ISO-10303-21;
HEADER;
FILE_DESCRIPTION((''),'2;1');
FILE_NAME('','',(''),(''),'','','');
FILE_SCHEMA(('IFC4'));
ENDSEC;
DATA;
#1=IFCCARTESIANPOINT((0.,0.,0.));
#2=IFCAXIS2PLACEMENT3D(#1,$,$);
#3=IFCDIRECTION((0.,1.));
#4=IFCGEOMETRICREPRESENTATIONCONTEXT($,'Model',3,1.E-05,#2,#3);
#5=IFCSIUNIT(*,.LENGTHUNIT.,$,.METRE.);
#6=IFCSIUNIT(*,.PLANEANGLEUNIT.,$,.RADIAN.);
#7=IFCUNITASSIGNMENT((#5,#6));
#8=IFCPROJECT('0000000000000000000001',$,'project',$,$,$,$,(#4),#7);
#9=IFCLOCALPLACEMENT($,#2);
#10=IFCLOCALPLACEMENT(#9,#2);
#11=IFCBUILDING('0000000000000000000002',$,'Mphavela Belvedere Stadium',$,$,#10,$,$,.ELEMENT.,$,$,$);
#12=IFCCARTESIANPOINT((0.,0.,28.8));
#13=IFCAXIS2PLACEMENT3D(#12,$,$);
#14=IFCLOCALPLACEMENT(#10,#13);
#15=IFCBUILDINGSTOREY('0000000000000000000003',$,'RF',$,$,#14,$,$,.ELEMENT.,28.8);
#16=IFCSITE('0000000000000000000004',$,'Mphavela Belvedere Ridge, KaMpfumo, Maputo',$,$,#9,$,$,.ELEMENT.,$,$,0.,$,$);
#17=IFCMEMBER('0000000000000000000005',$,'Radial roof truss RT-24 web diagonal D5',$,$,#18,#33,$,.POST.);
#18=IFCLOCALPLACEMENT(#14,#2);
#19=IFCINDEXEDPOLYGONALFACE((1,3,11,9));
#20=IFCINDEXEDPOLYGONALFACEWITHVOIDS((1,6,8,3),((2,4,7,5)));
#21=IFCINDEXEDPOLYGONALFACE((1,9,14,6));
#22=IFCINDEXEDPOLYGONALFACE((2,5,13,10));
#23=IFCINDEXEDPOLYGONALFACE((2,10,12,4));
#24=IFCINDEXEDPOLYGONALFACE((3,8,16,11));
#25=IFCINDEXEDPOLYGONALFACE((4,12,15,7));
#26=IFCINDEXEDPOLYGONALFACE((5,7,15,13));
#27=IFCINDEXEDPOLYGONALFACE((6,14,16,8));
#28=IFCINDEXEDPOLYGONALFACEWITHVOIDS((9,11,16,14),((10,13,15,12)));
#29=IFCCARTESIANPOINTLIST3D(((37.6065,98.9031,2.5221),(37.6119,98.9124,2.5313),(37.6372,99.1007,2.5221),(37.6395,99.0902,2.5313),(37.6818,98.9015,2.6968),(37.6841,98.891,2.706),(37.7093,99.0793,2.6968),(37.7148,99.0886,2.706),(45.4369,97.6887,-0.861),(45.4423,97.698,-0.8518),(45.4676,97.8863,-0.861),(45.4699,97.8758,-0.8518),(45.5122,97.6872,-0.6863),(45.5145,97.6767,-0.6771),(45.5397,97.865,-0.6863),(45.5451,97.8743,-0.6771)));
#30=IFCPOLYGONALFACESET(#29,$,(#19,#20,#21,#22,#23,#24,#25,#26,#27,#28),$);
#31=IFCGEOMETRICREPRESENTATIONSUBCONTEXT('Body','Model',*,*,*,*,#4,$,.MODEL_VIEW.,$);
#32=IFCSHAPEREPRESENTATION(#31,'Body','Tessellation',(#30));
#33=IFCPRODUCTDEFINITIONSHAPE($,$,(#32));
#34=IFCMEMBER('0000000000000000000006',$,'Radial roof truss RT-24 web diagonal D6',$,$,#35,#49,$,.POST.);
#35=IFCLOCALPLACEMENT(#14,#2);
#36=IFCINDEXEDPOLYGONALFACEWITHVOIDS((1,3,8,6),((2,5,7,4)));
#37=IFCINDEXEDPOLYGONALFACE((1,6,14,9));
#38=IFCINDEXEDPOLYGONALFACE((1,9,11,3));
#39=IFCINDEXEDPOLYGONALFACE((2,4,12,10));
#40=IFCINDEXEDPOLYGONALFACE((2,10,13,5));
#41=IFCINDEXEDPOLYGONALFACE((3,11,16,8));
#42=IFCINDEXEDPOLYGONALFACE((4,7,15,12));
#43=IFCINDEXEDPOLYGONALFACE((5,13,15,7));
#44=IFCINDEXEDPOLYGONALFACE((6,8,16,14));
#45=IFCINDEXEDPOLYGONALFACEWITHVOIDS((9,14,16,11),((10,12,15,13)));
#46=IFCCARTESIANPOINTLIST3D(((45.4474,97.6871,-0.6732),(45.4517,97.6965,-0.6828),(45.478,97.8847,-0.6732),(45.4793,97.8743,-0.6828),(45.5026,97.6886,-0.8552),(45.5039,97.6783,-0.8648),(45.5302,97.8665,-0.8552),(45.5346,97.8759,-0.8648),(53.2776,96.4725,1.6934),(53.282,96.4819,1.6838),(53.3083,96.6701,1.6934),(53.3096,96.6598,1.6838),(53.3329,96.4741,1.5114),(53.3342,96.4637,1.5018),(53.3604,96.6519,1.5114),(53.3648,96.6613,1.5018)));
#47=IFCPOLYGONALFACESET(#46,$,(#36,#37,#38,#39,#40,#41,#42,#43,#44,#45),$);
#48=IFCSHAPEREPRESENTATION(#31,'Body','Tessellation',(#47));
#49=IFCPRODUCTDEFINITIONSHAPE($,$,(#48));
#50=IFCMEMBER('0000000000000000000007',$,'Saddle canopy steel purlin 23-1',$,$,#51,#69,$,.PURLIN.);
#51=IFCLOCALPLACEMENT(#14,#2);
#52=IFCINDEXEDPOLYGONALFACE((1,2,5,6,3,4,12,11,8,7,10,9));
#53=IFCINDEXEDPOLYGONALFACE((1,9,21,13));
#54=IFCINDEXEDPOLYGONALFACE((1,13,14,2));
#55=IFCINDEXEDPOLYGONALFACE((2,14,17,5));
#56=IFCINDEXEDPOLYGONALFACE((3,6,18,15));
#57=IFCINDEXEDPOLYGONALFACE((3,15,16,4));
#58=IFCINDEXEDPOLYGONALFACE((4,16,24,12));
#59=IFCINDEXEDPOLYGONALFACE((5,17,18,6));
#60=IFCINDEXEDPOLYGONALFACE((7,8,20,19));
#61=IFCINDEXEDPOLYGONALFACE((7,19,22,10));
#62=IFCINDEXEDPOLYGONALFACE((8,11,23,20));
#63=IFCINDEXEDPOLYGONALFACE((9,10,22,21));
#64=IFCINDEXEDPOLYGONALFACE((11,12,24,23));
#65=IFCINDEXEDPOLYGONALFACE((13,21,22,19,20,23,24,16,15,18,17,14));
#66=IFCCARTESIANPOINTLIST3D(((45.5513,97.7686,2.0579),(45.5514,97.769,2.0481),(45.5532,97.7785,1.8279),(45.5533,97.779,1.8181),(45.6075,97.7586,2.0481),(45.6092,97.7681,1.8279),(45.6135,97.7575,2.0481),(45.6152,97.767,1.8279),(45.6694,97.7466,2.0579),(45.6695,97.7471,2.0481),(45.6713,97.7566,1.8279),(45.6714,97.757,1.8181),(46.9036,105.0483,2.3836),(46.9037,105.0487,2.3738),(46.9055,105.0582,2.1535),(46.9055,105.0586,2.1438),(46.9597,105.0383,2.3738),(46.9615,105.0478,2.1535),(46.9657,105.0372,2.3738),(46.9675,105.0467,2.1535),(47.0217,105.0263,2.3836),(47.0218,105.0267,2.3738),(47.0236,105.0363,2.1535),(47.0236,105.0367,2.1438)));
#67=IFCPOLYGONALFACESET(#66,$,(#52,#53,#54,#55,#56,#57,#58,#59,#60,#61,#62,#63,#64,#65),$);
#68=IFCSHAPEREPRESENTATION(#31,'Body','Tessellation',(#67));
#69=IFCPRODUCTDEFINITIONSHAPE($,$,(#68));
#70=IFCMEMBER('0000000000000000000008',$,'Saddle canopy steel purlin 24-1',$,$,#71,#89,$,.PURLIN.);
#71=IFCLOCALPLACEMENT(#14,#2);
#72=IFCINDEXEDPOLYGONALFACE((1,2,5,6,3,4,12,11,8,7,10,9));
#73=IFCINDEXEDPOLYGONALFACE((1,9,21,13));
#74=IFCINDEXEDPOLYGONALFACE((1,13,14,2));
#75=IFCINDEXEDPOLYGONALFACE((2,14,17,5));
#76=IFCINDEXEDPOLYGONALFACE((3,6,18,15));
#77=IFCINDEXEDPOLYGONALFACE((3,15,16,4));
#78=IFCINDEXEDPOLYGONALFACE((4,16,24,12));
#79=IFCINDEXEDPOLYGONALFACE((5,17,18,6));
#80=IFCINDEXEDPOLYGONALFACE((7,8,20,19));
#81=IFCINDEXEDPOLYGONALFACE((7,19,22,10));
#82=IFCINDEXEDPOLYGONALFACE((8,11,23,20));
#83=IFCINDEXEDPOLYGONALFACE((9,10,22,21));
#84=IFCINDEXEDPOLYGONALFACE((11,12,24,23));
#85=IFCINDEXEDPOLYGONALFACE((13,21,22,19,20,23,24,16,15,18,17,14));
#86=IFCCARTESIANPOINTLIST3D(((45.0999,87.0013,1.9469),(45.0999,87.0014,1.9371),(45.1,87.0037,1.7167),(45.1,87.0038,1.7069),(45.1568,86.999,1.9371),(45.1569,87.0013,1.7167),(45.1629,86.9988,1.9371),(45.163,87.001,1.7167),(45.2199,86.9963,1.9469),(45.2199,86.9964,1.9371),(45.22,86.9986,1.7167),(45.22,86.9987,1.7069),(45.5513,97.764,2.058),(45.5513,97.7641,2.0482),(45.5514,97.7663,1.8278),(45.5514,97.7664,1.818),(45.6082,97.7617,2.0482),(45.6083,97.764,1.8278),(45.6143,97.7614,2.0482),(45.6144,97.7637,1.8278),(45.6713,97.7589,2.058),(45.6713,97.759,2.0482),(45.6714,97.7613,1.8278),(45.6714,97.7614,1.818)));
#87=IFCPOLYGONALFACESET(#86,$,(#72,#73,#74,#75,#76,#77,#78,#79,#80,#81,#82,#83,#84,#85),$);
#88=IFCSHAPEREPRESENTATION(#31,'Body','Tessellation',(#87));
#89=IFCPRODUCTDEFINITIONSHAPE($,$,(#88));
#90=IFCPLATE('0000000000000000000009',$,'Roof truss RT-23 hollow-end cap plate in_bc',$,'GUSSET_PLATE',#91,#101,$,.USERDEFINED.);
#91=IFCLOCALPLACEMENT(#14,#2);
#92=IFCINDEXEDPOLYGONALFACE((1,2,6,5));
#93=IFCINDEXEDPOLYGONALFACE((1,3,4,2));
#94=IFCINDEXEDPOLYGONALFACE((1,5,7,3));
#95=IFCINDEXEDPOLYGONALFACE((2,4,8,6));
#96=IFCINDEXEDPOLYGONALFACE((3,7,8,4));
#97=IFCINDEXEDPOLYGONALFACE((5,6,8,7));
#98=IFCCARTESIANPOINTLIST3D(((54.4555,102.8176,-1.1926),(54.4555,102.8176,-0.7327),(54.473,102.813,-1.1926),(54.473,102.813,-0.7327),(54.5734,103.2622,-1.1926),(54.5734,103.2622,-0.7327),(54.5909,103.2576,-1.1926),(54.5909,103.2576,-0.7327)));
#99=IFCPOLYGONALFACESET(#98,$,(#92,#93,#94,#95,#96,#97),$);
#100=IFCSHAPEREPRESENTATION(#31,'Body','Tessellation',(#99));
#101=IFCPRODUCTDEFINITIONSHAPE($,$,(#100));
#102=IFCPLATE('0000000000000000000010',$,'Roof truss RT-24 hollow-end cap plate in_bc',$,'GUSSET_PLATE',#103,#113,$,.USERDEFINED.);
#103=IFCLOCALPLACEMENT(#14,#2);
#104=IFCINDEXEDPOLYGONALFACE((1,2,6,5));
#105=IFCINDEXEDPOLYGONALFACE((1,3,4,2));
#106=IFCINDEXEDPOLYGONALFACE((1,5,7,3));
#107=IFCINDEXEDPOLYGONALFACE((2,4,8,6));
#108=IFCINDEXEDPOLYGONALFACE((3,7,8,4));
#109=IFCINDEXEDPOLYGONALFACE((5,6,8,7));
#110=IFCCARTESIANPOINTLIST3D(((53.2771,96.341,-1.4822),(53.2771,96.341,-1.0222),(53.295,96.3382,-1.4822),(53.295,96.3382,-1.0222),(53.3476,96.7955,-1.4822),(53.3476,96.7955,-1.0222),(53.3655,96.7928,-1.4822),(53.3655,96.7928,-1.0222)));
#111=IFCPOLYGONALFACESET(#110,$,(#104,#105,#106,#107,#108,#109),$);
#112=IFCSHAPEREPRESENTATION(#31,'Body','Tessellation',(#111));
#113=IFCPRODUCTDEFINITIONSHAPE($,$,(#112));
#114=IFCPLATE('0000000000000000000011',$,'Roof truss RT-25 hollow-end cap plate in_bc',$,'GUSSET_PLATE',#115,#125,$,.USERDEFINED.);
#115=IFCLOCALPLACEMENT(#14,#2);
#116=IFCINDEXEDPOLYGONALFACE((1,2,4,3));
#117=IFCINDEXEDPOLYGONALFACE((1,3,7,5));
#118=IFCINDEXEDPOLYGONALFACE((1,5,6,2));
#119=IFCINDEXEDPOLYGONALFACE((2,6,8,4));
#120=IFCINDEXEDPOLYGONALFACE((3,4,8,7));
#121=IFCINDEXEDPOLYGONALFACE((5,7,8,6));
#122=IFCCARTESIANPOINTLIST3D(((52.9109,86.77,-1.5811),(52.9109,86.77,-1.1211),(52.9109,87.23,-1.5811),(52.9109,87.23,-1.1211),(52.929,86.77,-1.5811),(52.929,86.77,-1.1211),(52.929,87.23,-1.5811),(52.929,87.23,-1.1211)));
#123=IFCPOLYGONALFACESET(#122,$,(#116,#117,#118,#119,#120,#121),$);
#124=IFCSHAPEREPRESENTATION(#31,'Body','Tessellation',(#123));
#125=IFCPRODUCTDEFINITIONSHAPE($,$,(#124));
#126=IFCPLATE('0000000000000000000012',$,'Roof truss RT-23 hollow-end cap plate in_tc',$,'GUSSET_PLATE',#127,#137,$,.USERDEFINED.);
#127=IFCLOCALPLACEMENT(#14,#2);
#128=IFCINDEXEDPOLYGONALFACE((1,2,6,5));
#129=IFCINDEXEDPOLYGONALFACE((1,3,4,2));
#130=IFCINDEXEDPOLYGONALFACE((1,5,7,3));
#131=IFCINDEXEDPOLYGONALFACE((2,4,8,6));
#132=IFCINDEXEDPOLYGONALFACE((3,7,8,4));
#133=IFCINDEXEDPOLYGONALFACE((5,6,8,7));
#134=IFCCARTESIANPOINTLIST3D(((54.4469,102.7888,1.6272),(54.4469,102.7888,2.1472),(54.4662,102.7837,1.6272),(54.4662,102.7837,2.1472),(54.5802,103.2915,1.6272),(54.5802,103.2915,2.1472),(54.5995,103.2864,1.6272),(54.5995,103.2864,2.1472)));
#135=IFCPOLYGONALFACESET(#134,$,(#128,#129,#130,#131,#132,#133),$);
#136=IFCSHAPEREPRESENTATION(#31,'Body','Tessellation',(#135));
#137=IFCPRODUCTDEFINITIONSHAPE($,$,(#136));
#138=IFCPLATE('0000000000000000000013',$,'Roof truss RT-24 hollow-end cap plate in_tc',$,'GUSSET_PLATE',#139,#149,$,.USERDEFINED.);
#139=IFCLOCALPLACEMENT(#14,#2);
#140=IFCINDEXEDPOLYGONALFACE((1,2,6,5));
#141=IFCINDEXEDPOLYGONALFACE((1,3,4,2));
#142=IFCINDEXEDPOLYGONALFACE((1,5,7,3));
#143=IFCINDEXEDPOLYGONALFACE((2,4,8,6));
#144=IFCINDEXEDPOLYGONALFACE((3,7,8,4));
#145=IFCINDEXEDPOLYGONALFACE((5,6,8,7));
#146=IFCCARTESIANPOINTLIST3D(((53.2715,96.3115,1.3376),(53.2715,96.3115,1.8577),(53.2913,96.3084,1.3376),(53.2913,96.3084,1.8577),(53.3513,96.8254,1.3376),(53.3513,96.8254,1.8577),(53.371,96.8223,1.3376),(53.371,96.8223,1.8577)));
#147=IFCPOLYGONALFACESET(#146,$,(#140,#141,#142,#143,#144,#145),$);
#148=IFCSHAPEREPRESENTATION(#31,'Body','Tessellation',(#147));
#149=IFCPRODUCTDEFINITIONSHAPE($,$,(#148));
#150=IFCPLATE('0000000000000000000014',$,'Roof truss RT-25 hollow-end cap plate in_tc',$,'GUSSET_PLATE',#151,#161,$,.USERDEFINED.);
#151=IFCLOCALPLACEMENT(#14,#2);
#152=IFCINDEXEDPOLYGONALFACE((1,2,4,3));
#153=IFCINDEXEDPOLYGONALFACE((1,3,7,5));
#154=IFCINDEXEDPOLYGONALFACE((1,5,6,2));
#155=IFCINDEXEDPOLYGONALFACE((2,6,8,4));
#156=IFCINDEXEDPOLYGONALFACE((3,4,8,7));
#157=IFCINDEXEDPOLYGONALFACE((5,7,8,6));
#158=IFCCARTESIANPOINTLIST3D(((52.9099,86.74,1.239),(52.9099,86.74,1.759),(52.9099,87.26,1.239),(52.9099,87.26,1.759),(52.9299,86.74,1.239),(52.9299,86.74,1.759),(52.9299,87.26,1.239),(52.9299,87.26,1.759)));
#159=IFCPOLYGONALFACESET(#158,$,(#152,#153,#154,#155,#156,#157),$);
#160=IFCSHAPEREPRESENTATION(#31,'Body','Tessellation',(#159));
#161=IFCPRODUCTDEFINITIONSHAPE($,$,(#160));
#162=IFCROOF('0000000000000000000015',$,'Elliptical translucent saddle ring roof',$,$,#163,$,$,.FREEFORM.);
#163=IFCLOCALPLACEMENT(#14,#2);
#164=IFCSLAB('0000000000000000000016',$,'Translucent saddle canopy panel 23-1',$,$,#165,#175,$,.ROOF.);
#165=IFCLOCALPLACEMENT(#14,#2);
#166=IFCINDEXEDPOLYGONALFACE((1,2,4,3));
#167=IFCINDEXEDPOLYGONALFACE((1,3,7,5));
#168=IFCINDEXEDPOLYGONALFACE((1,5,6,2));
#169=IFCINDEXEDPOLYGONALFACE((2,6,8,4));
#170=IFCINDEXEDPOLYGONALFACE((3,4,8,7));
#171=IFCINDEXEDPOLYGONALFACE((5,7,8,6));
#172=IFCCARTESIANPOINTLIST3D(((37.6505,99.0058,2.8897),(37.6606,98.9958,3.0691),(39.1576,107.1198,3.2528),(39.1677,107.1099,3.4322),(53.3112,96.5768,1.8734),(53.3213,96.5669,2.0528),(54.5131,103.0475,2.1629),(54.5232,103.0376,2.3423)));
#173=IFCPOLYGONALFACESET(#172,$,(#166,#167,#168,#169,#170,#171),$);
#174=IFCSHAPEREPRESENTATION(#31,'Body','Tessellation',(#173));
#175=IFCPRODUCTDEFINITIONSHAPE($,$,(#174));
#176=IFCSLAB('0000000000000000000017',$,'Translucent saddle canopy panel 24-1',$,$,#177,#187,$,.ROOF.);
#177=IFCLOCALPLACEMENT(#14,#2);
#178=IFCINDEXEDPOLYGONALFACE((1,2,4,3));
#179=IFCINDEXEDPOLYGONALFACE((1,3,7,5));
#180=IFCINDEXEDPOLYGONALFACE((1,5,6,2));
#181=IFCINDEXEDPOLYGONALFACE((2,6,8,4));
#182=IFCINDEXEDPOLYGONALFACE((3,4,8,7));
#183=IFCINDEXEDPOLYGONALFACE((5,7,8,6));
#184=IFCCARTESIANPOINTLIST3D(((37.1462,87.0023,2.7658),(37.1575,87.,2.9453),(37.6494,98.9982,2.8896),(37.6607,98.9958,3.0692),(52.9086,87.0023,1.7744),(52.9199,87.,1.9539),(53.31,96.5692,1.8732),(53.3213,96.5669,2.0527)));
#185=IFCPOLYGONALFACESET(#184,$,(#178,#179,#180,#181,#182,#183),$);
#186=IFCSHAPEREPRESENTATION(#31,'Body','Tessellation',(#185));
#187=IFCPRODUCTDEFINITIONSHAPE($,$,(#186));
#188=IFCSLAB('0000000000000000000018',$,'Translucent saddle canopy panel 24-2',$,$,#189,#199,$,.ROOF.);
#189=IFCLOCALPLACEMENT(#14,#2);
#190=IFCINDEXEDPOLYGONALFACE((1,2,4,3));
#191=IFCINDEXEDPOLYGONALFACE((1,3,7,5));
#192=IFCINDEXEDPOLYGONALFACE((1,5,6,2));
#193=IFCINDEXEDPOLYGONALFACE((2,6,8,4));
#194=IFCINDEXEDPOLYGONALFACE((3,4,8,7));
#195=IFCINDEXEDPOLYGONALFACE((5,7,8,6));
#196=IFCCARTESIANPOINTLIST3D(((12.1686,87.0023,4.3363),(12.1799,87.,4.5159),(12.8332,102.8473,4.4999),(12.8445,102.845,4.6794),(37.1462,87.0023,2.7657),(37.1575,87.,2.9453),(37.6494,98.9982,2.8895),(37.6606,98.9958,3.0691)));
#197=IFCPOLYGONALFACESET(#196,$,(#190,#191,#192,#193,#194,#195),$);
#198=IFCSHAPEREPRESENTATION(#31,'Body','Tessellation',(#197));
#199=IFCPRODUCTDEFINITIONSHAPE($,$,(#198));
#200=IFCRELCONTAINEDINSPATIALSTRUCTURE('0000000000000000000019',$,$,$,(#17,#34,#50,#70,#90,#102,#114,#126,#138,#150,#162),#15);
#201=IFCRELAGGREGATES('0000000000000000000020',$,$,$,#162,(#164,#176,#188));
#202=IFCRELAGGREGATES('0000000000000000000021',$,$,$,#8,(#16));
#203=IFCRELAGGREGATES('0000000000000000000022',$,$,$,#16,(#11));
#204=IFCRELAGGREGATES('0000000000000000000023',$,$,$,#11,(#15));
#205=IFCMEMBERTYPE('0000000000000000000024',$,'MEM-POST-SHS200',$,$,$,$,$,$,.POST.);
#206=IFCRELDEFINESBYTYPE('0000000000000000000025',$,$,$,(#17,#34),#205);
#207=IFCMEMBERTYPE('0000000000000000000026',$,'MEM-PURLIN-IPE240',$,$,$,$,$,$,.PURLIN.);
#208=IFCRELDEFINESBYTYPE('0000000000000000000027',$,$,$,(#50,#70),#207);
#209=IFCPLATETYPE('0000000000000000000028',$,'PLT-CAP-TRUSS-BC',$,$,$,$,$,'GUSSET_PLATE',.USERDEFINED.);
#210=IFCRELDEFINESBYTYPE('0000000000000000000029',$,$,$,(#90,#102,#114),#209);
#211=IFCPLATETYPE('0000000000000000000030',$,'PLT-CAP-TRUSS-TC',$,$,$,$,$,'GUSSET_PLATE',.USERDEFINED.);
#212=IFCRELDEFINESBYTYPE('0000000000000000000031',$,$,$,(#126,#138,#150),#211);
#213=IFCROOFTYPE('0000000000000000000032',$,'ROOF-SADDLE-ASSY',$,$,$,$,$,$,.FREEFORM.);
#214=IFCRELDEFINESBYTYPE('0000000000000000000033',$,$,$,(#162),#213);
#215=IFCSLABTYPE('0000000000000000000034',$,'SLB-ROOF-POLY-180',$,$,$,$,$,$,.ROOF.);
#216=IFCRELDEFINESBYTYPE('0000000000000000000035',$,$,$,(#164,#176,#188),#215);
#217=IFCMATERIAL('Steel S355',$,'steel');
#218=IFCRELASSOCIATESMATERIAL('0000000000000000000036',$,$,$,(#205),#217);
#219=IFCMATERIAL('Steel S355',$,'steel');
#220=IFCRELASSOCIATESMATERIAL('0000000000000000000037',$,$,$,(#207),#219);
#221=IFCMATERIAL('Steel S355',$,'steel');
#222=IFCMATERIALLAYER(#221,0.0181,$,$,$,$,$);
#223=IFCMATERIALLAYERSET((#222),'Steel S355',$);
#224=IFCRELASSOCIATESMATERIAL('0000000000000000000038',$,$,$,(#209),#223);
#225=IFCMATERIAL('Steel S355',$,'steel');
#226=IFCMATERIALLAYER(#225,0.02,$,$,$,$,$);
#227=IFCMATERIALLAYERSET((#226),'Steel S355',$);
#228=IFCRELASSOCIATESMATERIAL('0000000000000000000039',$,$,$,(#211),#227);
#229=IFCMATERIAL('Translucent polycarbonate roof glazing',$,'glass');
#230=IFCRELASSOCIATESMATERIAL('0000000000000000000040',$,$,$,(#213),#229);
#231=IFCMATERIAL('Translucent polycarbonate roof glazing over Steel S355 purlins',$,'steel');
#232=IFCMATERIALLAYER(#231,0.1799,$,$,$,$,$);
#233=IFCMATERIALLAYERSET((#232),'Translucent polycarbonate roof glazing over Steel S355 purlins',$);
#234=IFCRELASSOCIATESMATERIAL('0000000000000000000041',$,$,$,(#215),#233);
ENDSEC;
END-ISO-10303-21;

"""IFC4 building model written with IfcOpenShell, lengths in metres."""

from ifc_helpers import new_model, si_unit, direction, frame, origin, origin_2d, place, context, subcontext, project, spatial, polyline, rectangle, hollow_rectangle, i_section, outline, extrude, material, layer, layer_set, material_profile, profile_set, type_object, element, aggregate, save


model = new_model("IFC4")

# Units and contexts
model_context = context("Model", 3, precision=1e-05, world=origin(), true_north=direction((0.0, 1.0)))
body_context = subcontext(model_context, "Body", "Model", "MODEL_VIEW")
ifc_project = project(units=[si_unit("LENGTHUNIT", "METRE"), si_unit("PLANEANGLEUNIT", "RADIAN")], contexts=[model_context])

# Site, building, storey
site_placement = place(None, origin())
site = spatial("IfcSite", under=ifc_project, at=site_placement, Name="Mphavela Belvedere Ridge, KaMpfumo, Maputo", CompositionType="ELEMENT", RefElevation=0.0)
building_placement = place(site_placement, origin())
building = spatial("IfcBuilding", under=site, at=building_placement, Name="Mphavela Belvedere Stadium", CompositionType="ELEMENT")
storey_placement = place(building_placement, frame((0.0, 0.0, 28.8)))
storey = spatial("IfcBuildingStorey", under=building, at=storey_placement, Name="RF", CompositionType="ELEMENT", Elevation=28.8)

# Members
ifc_material_1 = material(Name="Steel S355", Category="steel")
ifc_material_profile_1 = material_profile(ifc_material_1, hollow_rectangle(XDim=0.2, YDim=0.2, WallThickness=0.01, at=origin_2d()), Name="SHS 200x200x10")
ifc_profile_set_1 = profile_set([ifc_material_profile_1], Name="Steel S355")
member_type_1 = type_object("IfcMemberType", Name="MEM-POST-SHS200", PredefinedType="POST", material=ifc_profile_set_1)
member_1_placement = place(storey_placement, frame((37.6606, 98.9958, 2.614), z_axis=(0.908823, -0.140944, -0.392653), x_axis=(0.153252, 0.988187, 0.0)))
element("IfcMember", 1, at=member_1_placement, inside=storey, type_object=member_type_1, Name="Radial roof truss RT-24 web diagonal D5", PredefinedType="POST", context=body_context, shape_type="SweptSolid", body=[
    extrude(hollow_rectangle(XDim=0.2, YDim=0.2, WallThickness=0.01, at=origin_2d()), origin(), (0.0, 0.0, 1.0), 8.616),
])
member_2_placement = place(storey_placement, frame((45.491, 97.7815, -0.769), z_axis=(0.946851, -0.146871, 0.286184), x_axis=(0.153282, 0.988183, 0.0)))
element("IfcMember", 2, at=member_2_placement, inside=storey, type_object=member_type_1, Name="Radial roof truss RT-24 web diagonal D6", PredefinedType="POST", context=body_context, shape_type="SweptSolid", body=[
    extrude(hollow_rectangle(XDim=0.2, YDim=0.2, WallThickness=0.01, at=origin_2d()), origin(), (0.0, 0.0, 1.0), 8.2698),
])
ifc_material_2 = material(Name="Steel S355", Category="steel")
ifc_material_profile_2 = material_profile(ifc_material_2, i_section(OverallWidth=0.1201, OverallDepth=0.24, WebThickness=0.0061, FlangeThickness=0.0098, at=origin_2d()), Name="IPE 240")
ifc_profile_set_2 = profile_set([ifc_material_profile_2], Name="Steel S355")
member_type_2 = type_object("IfcMemberType", Name="MEM-PURLIN-IPE240", PredefinedType="PURLIN", material=ifc_profile_set_2)
member_3_placement = place(storey_placement, frame((46.9636, 105.0425, 2.2637), z_axis=(-0.182459, -0.982231, -0.043943), x_axis=(0.983181, -0.182636, 0.0)))
element("IfcMember", 3, at=member_3_placement, inside=storey, type_object=member_type_2, Name="Saddle canopy steel purlin 23-1", PredefinedType="PURLIN", context=body_context, shape_type="SweptSolid", body=[
    extrude(i_section(OverallWidth=0.1201, OverallDepth=0.24, WebThickness=0.0061, FlangeThickness=0.0098, at=origin_2d()), origin(), (0.0, 0.0, 1.0), 7.4114),
])
member_4_placement = place(storey_placement, frame((45.6113, 97.7627, 1.938), z_axis=(-0.041904, -0.999068, -0.010312), x_axis=(0.999122, -0.041906, 0.0)))
element("IfcMember", 4, at=member_4_placement, inside=storey, type_object=member_type_2, Name="Saddle canopy steel purlin 24-1", PredefinedType="PURLIN", context=body_context, shape_type="SweptSolid", body=[
    extrude(i_section(OverallWidth=0.1201, OverallDepth=0.24, WebThickness=0.0061, FlangeThickness=0.0098, at=origin_2d()), origin(), (0.0, 0.0, 1.0), 10.7727),
])

# Plates
ifc_material_3 = material(Name="Steel S355", Category="steel")
ifc_layer_1 = layer(ifc_material_3, 0.0181)
ifc_layer_set_1 = layer_set([ifc_layer_1], Name="Steel S355")
plate_type_1 = type_object("IfcPlateType", Name="PLT-CAP-TRUSS-BC", ElementType="GUSSET_PLATE", PredefinedType="USERDEFINED", material=ifc_layer_set_1)
for number, where, z_axis, x_axis, name in (
    (5, (54.5232, 103.0376, -1.1926), (0.0, 0.0, 1.0), (-0.9666, 0.256289, 0.0), "Roof truss RT-23 hollow-end cap plate in_bc"),
    (6, (53.3213, 96.5669, -1.4822), (0.0, 0.0, 1.0), (-0.988175, 0.153331, 0.0), "Roof truss RT-24 hollow-end cap plate in_bc"),
    (7, (52.9199, 87.0, -1.5811), (0.0, 0.0, 1.0), (-1.0, 0.0, 0.0), "Roof truss RT-25 hollow-end cap plate in_bc"),
):
    element("IfcPlate", number, at=place(storey_placement, frame(where, z_axis=z_axis, x_axis=x_axis)), inside=storey, type_object=plate_type_1, Name=name, ObjectType="GUSSET_PLATE", PredefinedType="USERDEFINED", context=body_context, shape_type="SweptSolid", body=[
        extrude(rectangle(XDim=0.0181, YDim=0.46, at=origin_2d()), origin(), (0.0, 0.0, 1.0), 0.46),
    ])
ifc_material_4 = material(Name="Steel S355", Category="steel")
ifc_layer_2 = layer(ifc_material_4, 0.02)
ifc_layer_set_2 = layer_set([ifc_layer_2], Name="Steel S355")
plate_type_2 = type_object("IfcPlateType", Name="PLT-CAP-TRUSS-TC", ElementType="GUSSET_PLATE", PredefinedType="USERDEFINED", material=ifc_layer_set_2)
for number, where, z_axis, x_axis, name in (
    (8, (54.5232, 103.0376, 1.6272), (0.0, 0.0, 1.0), (-0.9666, 0.256289, 0.0), "Roof truss RT-23 hollow-end cap plate in_tc"),
    (9, (53.3213, 96.5669, 1.3376), (0.0, 0.0, 1.0), (-0.988175, 0.153331, 0.0), "Roof truss RT-24 hollow-end cap plate in_tc"),
    (10, (52.9199, 87.0, 1.239), (0.0, 0.0, 1.0), (-1.0, 0.0, 0.0), "Roof truss RT-25 hollow-end cap plate in_tc"),
):
    element("IfcPlate", number, at=place(storey_placement, frame(where, z_axis=z_axis, x_axis=x_axis)), inside=storey, type_object=plate_type_2, Name=name, ObjectType="GUSSET_PLATE", PredefinedType="USERDEFINED", context=body_context, shape_type="SweptSolid", body=[
        extrude(rectangle(XDim=0.02, YDim=0.52, at=origin_2d()), origin(), (0.0, 0.0, 1.0), 0.52),
    ])

# Roof, slabs
ifc_material_5 = material(Name="Translucent polycarbonate roof glazing", Category="glass")
roof_type = type_object("IfcRoofType", Name="ROOF-SADDLE-ASSY", PredefinedType="FREEFORM", material=ifc_material_5)
roof_placement = place(storey_placement, origin())
roof = element("IfcRoof", 11, at=roof_placement, inside=storey, type_object=roof_type, Name="Elliptical translucent saddle ring roof", PredefinedType="FREEFORM")
ifc_material_6 = material(Name="Translucent polycarbonate roof glazing over Steel S355 purlins", Category="steel")
ifc_layer_3 = layer(ifc_material_6, 0.1799)
ifc_layer_set_3 = layer_set([ifc_layer_3], Name="Translucent polycarbonate roof glazing over Steel S355 purlins")
slab_type = type_object("IfcSlabType", Name="SLB-ROOF-POLY-180", PredefinedType="ROOF", material=ifc_layer_set_3)
slab_1_placement = place(storey_placement, frame((54.5232, 103.0376, 2.3423), z_axis=(0.05616, -0.055037, 0.996904), x_axis=(-0.182445, -0.982233, -0.043949)))
slab_1 = element("IfcSlab", 12, at=slab_1_placement, type_object=slab_type, Name="Translucent saddle canopy panel 23-1", PredefinedType="ROOF", context=body_context, shape_type="SweptSolid", body=[
    extrude(outline(polyline([(0.0, 0.0), (6.5877, 0.0), (7.0145, -15.8747), (-1.2463, -15.8748), (0.0, 0.0)])), origin(), (0.0, 0.0, -1.0), 0.1799),
])
slab_2_placement = place(storey_placement, frame((53.3213, 96.5669, 2.0527), z_axis=(0.062765, -0.012938, 0.997944), x_axis=(-0.041914, -0.999068, -0.010316)))
slab_2 = element("IfcSlab", 13, at=slab_2_placement, type_object=slab_type, Name="Translucent saddle canopy panel 24-1", PredefinedType="ROOF", context=body_context, shape_type="SweptSolid", body=[
    extrude(outline(polyline([(0.0, 0.0), (9.5758, 0.0), (10.2263, -15.7802), (-1.7808, -15.7803), (0.0, 0.0)])), origin(), (0.0, 0.0, -1.0), 0.1799),
])
slab_3_placement = place(storey_placement, frame((37.6606, 98.9958, 3.0691), z_axis=(0.062751, -0.012932, 0.997945), x_axis=(-0.041907, -0.999068, -0.010312)))
slab_3 = element("IfcSlab", 14, at=slab_3_placement, type_object=slab_type, Name="Translucent saddle canopy panel 24-2", PredefinedType="ROOF", context=body_context, shape_type="SweptSolid", body=[
    extrude(outline(polyline([(0.0, 0.0), (12.007, 0.0), (13.0376, -25.0056), (-2.8222, -25.0057), (0.0, 0.0)])), origin(), (0.0, 0.0, -1.0), 0.1799),
])
aggregate(roof, [slab_1, slab_2, slab_3])

save(model, "model.ifc")
